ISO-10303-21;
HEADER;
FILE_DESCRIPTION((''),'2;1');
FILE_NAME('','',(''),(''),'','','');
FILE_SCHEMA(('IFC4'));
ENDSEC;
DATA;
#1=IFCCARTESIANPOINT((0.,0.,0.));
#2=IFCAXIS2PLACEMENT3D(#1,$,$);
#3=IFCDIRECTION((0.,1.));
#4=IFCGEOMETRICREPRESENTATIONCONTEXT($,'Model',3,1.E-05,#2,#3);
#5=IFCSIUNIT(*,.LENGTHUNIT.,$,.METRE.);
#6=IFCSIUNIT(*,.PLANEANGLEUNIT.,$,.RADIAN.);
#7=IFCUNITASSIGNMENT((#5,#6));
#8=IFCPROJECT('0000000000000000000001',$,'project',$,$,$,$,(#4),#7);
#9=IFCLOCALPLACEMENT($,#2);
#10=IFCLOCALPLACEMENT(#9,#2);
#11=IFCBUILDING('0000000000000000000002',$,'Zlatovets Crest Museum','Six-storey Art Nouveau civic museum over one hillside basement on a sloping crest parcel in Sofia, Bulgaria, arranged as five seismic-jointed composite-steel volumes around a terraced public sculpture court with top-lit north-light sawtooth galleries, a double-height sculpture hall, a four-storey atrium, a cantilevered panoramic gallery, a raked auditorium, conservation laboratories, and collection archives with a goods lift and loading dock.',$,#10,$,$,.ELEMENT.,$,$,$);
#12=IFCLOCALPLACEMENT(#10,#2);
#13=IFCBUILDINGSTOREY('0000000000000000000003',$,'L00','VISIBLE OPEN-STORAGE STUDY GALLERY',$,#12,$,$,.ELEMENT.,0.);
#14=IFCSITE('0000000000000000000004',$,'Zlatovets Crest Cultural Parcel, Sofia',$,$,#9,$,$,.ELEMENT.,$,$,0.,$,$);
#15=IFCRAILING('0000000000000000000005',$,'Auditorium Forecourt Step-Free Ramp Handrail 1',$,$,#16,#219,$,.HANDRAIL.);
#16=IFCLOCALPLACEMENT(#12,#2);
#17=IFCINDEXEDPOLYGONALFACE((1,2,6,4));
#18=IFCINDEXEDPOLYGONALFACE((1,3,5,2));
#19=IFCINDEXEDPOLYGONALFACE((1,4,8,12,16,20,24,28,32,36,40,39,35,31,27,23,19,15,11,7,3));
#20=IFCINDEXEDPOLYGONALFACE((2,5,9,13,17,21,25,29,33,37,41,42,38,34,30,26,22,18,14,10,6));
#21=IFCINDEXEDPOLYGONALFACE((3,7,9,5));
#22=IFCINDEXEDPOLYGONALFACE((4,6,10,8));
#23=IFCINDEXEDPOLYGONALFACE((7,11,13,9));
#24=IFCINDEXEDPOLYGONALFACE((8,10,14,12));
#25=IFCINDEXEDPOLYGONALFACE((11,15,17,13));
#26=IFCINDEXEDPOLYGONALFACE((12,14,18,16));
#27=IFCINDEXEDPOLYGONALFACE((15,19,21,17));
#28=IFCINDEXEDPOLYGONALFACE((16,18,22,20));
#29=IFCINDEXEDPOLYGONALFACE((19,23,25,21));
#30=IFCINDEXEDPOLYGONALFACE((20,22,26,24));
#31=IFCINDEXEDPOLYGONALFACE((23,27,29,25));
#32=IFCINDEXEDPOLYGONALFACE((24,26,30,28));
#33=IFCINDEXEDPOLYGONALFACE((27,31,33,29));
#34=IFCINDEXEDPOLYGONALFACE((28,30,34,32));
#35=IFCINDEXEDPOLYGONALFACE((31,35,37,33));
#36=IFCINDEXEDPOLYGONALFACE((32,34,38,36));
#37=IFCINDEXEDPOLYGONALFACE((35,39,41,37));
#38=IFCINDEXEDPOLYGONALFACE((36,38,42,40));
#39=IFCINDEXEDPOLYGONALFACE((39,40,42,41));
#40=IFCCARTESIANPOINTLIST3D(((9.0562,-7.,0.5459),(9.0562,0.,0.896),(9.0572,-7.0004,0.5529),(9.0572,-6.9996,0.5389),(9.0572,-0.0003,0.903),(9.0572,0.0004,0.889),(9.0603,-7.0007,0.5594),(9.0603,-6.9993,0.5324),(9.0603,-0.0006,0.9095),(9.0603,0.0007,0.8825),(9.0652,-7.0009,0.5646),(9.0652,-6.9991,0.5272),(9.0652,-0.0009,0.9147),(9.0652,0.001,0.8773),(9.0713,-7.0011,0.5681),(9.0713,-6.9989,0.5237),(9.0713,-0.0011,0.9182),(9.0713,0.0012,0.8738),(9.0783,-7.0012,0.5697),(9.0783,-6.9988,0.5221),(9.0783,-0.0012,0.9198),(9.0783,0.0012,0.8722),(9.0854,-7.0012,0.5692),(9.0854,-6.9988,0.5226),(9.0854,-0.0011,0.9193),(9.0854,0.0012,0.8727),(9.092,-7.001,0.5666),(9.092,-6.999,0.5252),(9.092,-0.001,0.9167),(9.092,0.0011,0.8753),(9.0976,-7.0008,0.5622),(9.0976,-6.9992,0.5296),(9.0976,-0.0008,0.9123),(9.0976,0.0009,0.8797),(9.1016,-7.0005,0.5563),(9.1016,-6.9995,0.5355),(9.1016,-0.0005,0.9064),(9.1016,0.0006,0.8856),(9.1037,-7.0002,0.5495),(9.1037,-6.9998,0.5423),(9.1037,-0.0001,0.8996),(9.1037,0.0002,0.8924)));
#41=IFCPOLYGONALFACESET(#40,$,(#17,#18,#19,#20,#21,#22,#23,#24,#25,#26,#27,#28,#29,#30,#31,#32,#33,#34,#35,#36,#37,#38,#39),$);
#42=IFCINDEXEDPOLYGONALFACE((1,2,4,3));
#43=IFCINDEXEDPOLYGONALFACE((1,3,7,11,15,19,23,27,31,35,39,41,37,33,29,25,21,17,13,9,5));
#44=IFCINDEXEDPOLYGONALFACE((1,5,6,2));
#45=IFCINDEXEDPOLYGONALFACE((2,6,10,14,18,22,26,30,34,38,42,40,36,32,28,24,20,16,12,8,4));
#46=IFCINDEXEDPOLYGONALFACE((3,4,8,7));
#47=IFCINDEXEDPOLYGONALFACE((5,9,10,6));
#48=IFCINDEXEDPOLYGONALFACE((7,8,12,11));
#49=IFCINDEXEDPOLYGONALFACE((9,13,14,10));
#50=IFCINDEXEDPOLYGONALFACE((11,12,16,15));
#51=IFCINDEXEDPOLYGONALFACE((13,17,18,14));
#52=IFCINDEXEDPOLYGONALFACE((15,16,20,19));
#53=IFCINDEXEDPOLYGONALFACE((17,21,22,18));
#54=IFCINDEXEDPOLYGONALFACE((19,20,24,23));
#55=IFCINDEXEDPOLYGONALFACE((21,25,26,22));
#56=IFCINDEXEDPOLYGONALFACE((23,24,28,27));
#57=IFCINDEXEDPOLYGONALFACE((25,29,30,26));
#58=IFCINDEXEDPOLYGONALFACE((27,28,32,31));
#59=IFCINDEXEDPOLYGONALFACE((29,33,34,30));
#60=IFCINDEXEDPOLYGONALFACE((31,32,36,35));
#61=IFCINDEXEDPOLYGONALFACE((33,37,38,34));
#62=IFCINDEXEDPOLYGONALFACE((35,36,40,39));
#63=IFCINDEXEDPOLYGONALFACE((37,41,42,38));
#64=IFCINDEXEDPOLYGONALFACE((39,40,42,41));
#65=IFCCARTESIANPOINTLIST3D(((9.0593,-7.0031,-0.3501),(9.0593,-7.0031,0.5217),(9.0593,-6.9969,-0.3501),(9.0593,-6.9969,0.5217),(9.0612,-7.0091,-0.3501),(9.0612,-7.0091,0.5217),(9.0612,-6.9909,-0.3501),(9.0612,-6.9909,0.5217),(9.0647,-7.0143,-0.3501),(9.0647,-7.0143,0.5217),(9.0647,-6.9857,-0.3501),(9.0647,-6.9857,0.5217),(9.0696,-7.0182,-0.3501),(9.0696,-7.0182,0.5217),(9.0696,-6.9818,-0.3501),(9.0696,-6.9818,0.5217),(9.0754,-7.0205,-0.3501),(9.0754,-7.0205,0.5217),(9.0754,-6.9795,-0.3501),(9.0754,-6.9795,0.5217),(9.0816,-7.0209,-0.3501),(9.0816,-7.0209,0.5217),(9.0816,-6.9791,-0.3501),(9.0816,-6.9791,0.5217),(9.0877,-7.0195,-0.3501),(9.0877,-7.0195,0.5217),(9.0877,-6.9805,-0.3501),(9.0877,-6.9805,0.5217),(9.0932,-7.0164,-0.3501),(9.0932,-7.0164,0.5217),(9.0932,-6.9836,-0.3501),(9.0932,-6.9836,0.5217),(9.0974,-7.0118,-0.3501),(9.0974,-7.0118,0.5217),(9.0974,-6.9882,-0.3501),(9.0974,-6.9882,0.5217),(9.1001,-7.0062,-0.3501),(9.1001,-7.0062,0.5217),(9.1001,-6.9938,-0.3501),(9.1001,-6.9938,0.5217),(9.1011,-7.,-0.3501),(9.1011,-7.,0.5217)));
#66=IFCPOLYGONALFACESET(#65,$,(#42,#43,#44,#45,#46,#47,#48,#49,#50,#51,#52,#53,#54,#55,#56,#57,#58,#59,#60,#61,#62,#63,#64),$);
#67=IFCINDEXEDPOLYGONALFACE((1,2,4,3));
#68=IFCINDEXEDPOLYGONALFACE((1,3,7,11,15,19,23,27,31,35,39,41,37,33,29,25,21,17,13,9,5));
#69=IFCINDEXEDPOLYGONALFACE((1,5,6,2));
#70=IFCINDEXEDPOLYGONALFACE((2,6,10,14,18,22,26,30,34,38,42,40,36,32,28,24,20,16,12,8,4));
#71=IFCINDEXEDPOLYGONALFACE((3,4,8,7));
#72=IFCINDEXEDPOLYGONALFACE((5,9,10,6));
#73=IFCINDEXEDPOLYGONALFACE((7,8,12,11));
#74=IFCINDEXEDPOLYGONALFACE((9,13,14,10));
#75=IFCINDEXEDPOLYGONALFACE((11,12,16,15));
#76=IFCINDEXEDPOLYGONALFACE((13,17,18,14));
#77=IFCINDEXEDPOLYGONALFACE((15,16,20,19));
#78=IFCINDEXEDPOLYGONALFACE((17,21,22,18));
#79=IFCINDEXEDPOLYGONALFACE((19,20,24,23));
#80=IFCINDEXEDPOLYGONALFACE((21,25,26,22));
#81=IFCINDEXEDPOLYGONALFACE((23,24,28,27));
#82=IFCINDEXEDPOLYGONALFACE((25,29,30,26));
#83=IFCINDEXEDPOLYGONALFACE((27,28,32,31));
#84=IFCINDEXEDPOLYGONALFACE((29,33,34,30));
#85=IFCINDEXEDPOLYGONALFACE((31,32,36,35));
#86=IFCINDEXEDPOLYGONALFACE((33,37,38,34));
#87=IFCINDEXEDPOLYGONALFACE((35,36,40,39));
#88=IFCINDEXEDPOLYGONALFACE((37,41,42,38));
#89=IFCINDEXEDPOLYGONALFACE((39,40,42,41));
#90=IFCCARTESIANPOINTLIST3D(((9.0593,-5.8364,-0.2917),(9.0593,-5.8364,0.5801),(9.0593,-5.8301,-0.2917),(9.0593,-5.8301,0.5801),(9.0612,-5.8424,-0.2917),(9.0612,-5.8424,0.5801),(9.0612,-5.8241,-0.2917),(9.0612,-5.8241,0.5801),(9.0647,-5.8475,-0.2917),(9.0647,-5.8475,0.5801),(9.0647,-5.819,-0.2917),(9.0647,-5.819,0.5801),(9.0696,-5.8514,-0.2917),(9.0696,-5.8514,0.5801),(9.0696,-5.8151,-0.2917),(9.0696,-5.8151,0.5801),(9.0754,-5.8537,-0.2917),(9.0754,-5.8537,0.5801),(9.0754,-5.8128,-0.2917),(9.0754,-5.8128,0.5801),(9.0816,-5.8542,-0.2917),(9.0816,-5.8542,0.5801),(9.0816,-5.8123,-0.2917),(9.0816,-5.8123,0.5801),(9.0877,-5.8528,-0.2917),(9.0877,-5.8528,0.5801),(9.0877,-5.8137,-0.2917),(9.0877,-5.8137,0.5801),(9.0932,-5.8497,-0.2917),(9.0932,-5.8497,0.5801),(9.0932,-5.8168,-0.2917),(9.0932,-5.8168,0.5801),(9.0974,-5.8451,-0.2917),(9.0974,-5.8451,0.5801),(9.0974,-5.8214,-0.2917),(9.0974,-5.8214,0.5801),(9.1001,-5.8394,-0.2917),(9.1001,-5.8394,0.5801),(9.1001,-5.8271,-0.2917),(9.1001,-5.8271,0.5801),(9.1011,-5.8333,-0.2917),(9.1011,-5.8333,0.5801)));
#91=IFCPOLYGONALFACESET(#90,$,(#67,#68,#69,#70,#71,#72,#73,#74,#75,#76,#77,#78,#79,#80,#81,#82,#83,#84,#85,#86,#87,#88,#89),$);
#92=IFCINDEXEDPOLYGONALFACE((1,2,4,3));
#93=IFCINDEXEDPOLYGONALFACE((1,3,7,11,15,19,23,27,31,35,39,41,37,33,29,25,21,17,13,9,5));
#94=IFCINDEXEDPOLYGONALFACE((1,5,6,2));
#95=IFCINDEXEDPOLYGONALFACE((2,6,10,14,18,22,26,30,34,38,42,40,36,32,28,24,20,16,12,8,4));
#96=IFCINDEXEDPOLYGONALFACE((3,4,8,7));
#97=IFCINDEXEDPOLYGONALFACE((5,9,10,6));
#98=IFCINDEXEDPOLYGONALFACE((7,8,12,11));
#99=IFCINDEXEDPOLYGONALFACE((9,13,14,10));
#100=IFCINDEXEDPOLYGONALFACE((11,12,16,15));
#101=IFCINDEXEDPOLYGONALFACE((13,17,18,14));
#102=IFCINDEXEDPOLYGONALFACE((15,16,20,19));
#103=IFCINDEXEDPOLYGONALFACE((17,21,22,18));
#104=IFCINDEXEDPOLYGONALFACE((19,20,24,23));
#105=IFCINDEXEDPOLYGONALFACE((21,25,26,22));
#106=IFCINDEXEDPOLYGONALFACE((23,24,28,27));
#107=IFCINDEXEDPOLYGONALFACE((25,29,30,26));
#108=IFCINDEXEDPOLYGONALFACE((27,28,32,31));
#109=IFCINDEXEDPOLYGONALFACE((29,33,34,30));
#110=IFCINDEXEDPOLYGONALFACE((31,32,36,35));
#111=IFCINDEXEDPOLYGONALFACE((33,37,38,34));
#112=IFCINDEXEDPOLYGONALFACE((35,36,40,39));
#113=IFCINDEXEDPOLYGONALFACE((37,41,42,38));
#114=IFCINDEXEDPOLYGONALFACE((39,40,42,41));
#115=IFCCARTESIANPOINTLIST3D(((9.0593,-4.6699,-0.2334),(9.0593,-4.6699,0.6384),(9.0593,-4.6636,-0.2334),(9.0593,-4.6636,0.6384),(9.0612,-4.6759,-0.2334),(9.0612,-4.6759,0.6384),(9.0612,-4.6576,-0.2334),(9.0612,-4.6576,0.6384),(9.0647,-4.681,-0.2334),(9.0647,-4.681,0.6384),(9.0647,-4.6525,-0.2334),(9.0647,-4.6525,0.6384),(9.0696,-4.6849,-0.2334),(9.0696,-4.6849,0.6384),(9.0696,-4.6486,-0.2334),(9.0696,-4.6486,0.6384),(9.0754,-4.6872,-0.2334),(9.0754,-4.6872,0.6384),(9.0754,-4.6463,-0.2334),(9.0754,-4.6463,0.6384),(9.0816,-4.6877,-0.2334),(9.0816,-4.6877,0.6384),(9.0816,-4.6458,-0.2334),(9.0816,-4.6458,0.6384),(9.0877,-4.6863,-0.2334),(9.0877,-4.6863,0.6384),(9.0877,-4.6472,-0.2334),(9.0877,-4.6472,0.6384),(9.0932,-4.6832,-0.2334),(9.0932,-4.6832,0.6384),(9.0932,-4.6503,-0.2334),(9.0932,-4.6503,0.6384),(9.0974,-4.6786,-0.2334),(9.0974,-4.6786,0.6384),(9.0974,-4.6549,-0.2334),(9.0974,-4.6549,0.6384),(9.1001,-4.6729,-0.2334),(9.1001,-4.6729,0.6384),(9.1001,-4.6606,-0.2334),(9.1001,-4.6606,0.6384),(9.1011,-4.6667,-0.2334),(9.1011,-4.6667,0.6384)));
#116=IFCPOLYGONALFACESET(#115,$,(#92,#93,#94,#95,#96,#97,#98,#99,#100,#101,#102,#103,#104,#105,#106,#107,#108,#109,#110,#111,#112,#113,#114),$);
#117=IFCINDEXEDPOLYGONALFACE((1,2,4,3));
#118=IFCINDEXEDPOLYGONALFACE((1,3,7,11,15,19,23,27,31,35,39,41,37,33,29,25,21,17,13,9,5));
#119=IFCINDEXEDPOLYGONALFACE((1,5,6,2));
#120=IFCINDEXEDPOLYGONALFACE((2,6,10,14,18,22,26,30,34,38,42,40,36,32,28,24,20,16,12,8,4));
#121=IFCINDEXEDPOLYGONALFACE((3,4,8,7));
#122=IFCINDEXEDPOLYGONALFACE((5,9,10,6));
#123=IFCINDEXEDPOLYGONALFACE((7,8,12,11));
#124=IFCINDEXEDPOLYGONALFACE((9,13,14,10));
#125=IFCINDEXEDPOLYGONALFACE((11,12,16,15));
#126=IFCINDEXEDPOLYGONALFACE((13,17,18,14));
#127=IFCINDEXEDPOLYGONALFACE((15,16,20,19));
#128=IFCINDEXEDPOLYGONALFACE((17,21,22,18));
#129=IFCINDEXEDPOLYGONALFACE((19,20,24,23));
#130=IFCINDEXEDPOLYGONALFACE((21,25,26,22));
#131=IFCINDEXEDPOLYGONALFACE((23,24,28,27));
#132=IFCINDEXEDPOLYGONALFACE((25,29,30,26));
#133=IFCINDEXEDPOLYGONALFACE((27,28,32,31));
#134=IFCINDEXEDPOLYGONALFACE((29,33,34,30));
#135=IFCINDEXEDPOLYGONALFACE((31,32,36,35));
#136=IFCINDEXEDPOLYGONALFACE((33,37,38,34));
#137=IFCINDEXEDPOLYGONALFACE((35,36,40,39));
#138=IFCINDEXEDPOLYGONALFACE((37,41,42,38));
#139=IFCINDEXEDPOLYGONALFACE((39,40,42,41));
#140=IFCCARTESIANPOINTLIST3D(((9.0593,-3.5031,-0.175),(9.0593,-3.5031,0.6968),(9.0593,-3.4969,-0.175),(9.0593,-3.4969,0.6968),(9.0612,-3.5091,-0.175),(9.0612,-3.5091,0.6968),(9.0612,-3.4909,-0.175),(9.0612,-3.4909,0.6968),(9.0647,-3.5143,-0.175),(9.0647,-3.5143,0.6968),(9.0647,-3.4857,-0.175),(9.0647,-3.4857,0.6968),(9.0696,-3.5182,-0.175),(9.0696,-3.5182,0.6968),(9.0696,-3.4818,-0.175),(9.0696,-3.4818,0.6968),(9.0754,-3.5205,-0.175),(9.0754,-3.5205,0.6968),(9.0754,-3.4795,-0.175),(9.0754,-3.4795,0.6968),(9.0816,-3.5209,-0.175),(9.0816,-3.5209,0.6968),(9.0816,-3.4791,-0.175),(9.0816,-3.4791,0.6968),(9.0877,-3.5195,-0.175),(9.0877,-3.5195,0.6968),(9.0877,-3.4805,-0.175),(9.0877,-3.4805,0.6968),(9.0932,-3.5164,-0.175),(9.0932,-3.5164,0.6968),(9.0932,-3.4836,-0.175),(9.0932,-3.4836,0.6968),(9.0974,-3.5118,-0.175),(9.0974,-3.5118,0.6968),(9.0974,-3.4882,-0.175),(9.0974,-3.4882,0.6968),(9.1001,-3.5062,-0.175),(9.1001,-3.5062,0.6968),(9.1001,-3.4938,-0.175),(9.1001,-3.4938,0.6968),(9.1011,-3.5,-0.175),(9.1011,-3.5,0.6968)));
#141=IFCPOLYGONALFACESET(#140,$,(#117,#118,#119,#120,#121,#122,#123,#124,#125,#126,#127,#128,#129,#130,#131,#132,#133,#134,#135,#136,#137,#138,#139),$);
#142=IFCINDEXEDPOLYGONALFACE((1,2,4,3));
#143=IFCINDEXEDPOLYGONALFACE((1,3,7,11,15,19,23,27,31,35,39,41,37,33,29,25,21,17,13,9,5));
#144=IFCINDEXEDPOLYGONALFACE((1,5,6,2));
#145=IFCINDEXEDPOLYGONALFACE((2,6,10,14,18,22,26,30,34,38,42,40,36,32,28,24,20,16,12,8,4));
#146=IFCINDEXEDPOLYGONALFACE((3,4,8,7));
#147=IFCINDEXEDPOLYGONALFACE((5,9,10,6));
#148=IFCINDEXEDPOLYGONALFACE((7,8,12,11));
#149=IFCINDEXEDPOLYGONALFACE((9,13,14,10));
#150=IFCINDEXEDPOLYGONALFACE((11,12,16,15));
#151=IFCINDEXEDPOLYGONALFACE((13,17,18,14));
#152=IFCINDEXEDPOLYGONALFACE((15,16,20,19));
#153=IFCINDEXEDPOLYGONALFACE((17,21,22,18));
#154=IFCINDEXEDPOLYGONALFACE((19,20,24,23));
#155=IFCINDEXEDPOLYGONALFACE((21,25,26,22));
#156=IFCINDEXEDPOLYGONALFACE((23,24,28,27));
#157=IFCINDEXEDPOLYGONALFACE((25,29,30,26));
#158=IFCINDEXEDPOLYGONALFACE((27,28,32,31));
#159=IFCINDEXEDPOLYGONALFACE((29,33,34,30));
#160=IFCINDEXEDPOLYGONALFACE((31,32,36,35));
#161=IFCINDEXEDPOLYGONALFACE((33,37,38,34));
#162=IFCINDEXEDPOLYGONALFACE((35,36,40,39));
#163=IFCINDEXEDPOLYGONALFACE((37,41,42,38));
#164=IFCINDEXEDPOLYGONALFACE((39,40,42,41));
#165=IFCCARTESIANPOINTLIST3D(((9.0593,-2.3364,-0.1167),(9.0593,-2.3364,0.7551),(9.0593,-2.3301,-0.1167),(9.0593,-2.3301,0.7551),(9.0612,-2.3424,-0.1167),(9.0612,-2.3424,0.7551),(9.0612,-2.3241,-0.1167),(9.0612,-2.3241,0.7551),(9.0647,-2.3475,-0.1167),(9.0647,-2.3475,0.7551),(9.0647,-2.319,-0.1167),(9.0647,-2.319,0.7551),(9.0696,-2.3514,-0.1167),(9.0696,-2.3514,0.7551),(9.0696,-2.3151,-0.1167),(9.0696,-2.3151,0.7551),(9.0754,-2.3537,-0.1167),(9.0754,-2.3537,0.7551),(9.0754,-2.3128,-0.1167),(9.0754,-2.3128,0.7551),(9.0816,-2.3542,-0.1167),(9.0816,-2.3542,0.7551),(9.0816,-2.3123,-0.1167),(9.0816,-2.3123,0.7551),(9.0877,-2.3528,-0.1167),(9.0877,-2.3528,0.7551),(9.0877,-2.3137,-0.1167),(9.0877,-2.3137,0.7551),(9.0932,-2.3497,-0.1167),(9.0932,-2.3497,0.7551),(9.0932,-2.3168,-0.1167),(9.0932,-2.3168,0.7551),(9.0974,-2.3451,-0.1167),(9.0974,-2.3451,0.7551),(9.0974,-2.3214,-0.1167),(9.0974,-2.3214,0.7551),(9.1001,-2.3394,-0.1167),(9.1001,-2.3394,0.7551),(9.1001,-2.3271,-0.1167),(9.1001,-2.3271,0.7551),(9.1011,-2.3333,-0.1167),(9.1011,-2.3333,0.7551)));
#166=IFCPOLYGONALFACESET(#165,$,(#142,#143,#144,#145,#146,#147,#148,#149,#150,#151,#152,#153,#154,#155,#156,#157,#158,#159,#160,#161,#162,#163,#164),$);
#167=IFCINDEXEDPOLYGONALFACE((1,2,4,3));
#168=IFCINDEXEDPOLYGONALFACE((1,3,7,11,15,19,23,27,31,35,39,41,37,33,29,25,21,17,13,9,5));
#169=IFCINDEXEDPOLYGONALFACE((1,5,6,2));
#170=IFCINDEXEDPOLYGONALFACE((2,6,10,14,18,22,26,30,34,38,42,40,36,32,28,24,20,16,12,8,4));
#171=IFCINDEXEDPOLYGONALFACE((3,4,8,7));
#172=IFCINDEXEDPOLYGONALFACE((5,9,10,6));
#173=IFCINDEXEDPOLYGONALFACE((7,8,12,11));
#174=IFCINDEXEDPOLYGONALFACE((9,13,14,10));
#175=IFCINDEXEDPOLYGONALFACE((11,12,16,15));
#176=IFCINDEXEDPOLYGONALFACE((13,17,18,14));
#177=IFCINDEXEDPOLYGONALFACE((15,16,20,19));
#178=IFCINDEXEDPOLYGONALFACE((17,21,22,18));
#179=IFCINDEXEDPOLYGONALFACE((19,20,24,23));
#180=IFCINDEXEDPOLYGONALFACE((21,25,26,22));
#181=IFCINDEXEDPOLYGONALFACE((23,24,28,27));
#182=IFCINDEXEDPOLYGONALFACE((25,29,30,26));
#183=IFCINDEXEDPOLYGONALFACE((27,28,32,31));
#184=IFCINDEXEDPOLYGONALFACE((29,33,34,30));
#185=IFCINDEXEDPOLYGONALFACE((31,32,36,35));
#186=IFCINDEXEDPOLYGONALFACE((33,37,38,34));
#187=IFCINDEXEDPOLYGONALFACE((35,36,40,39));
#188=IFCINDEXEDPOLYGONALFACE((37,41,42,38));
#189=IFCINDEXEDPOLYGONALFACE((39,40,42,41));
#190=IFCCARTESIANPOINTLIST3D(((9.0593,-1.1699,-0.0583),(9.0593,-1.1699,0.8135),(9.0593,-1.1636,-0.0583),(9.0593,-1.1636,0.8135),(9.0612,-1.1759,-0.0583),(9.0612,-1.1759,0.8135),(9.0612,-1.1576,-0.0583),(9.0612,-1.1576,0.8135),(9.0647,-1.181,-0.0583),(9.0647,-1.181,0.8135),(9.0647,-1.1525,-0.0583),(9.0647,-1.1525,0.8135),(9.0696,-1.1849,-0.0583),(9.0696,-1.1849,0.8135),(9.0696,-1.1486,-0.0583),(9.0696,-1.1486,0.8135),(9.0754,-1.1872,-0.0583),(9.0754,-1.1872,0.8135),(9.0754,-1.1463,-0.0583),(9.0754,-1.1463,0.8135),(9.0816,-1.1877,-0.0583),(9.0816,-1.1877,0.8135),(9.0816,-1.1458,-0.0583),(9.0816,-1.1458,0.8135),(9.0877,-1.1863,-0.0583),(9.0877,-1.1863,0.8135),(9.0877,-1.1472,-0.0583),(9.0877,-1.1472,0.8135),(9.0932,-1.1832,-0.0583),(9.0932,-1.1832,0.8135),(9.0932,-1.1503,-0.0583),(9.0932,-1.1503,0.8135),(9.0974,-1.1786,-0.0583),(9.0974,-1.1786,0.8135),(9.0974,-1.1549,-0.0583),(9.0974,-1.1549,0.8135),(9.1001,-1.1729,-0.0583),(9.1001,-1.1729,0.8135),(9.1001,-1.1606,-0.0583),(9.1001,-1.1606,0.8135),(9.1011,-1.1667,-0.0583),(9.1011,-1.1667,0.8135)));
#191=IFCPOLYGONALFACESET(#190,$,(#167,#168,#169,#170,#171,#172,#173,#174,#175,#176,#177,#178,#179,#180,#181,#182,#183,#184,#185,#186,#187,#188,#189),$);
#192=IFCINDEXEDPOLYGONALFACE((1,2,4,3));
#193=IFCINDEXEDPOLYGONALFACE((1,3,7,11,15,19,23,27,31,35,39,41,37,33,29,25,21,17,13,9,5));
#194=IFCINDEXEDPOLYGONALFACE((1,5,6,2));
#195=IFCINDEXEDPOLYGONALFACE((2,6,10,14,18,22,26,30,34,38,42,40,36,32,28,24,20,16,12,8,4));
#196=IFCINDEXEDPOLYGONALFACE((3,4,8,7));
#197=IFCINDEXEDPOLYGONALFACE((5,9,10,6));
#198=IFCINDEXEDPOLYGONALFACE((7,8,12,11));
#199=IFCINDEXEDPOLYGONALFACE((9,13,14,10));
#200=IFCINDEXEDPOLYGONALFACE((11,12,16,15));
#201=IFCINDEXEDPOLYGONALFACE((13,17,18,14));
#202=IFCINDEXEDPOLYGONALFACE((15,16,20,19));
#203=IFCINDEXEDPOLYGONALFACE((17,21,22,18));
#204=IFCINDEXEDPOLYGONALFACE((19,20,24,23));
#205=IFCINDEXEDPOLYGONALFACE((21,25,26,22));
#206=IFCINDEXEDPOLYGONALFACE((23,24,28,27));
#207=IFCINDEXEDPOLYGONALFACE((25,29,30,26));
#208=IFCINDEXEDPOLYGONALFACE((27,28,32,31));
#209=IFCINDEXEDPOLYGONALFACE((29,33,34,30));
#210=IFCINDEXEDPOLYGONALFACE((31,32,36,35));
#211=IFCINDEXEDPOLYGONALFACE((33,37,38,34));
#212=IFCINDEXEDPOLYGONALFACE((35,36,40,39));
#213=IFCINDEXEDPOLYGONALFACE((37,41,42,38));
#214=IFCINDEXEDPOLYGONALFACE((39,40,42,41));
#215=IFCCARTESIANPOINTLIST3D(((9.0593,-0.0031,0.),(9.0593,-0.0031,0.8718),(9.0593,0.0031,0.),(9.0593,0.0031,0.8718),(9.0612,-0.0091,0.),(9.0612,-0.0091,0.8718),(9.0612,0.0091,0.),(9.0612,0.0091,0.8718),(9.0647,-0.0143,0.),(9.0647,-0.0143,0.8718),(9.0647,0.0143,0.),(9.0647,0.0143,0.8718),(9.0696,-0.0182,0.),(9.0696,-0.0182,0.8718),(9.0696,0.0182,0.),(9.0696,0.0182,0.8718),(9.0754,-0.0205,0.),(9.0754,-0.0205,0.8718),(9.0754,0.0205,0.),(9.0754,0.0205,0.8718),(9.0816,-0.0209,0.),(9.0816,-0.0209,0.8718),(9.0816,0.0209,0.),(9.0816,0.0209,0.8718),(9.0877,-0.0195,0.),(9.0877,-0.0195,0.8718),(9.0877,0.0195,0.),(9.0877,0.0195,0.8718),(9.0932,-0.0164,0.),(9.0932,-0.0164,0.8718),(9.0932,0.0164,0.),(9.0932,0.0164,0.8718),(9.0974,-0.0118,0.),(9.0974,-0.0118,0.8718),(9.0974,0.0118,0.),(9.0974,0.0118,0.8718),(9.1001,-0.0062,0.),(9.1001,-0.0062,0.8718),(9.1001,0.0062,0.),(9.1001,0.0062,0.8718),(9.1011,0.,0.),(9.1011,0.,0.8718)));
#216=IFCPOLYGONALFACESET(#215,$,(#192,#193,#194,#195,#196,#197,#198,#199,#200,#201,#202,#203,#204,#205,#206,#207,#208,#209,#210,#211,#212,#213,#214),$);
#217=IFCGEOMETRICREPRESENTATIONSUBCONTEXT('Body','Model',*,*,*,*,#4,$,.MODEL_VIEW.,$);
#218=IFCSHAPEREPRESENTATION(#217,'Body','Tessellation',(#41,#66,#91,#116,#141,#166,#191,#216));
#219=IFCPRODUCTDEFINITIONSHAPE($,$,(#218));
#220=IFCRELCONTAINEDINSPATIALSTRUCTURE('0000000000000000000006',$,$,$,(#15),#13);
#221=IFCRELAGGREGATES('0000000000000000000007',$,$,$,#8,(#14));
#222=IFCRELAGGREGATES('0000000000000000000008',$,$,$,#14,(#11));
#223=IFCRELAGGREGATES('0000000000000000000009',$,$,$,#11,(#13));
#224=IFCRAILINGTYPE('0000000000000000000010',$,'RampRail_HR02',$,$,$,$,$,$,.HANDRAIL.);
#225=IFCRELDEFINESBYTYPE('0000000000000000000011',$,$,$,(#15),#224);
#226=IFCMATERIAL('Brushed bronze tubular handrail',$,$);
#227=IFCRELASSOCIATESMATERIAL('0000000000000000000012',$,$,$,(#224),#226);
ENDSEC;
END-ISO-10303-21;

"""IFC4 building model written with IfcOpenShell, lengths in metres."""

from ifc_helpers import new_model, si_unit, direction, frame, origin, origin_2d, place, context, subcontext, project, spatial, circle, extrude, material, type_object, element, save


model = new_model("IFC4")

# Units and contexts
model_context = context("Model", 3, precision=1e-05, world=origin(), true_north=direction((0.0, 1.0)))
body_context = subcontext(model_context, "Body", "Model", "MODEL_VIEW")
ifc_project = project(units=[si_unit("LENGTHUNIT", "METRE"), si_unit("PLANEANGLEUNIT", "RADIAN")], contexts=[model_context])

# Site, building, storey
site_placement = place(None, origin())
site = spatial("IfcSite", under=ifc_project, at=site_placement, Name="Zlatovets Crest Cultural Parcel, Sofia", CompositionType="ELEMENT", RefElevation=0.0)
building_placement = place(site_placement, origin())
building = spatial("IfcBuilding", under=site, at=building_placement, Name="Zlatovets Crest Museum", Description="Six-storey Art Nouveau civic museum over one hillside basement on a sloping crest parcel in Sofia, Bulgaria, arranged as five seismic-jointed composite-steel volumes around a terraced public sculpture court with top-lit north-light sawtooth galleries, a double-height sculpture hall, a four-storey atrium, a cantilevered panoramic gallery, a raked auditorium, conservation laboratories, and collection archives with a goods lift and loading dock.", CompositionType="ELEMENT")
storey_placement = place(building_placement, origin())
storey = spatial("IfcBuildingStorey", under=building, at=storey_placement, Name="L00", Description="VISIBLE OPEN-STORAGE STUDY GALLERY", CompositionType="ELEMENT", Elevation=0.0)

# Railing
ifc_material_1 = material(Name="Brushed bronze tubular handrail")
railing_type_1 = type_object("IfcRailingType", Name="RampRail_HR02", PredefinedType="HANDRAIL", material=ifc_material_1)
for number, where, name in (
    (1, (9.0801, -7.0, -0.3501), "Auditorium Forecourt Step-Free Ramp Handrail 1"),
):
    element("IfcRailing", number, at=place(storey_placement, frame(where)), inside=storey, type_object=railing_type_1, Name=name, PredefinedType="HANDRAIL", context=body_context, shape_type="SweptSolid", body=[
        extrude(circle(Radius=0.0239, at=origin_2d()), frame((0.0, 0.0, 0.896), z_axis=(0.0, 0.998752, 0.049952), x_axis=(-1.0, 0.0, 0.0)), (0.0, 0.0, 1.0), 7.0088),
        extrude(circle(Radius=0.021, at=origin_2d()), origin(), (0.0, 0.0, 1.0), 0.8718),
        extrude(circle(Radius=0.021, at=origin_2d()), frame((0.0, 1.1667, 0.0583)), (0.0, 0.0, 1.0), 0.8718),
        extrude(circle(Radius=0.021, at=origin_2d()), frame((0.0, 2.3333, 0.1167)), (0.0, 0.0, 1.0), 0.8718),
        extrude(circle(Radius=0.021, at=origin_2d()), frame((0.0, 3.5, 0.175)), (0.0, 0.0, 1.0), 0.8718),
        extrude(circle(Radius=0.021, at=origin_2d()), frame((0.0, 4.6667, 0.2334)), (0.0, 0.0, 1.0), 0.8718),
        extrude(circle(Radius=0.021, at=origin_2d()), frame((0.0, 5.8333, 0.2917)), (0.0, 0.0, 1.0), 0.8718),
        extrude(circle(Radius=0.021, at=origin_2d()), frame((0.0, 7.0, 0.3501)), (0.0, 0.0, 1.0), 0.8718),
    ])

save(model, "model.ifc")
